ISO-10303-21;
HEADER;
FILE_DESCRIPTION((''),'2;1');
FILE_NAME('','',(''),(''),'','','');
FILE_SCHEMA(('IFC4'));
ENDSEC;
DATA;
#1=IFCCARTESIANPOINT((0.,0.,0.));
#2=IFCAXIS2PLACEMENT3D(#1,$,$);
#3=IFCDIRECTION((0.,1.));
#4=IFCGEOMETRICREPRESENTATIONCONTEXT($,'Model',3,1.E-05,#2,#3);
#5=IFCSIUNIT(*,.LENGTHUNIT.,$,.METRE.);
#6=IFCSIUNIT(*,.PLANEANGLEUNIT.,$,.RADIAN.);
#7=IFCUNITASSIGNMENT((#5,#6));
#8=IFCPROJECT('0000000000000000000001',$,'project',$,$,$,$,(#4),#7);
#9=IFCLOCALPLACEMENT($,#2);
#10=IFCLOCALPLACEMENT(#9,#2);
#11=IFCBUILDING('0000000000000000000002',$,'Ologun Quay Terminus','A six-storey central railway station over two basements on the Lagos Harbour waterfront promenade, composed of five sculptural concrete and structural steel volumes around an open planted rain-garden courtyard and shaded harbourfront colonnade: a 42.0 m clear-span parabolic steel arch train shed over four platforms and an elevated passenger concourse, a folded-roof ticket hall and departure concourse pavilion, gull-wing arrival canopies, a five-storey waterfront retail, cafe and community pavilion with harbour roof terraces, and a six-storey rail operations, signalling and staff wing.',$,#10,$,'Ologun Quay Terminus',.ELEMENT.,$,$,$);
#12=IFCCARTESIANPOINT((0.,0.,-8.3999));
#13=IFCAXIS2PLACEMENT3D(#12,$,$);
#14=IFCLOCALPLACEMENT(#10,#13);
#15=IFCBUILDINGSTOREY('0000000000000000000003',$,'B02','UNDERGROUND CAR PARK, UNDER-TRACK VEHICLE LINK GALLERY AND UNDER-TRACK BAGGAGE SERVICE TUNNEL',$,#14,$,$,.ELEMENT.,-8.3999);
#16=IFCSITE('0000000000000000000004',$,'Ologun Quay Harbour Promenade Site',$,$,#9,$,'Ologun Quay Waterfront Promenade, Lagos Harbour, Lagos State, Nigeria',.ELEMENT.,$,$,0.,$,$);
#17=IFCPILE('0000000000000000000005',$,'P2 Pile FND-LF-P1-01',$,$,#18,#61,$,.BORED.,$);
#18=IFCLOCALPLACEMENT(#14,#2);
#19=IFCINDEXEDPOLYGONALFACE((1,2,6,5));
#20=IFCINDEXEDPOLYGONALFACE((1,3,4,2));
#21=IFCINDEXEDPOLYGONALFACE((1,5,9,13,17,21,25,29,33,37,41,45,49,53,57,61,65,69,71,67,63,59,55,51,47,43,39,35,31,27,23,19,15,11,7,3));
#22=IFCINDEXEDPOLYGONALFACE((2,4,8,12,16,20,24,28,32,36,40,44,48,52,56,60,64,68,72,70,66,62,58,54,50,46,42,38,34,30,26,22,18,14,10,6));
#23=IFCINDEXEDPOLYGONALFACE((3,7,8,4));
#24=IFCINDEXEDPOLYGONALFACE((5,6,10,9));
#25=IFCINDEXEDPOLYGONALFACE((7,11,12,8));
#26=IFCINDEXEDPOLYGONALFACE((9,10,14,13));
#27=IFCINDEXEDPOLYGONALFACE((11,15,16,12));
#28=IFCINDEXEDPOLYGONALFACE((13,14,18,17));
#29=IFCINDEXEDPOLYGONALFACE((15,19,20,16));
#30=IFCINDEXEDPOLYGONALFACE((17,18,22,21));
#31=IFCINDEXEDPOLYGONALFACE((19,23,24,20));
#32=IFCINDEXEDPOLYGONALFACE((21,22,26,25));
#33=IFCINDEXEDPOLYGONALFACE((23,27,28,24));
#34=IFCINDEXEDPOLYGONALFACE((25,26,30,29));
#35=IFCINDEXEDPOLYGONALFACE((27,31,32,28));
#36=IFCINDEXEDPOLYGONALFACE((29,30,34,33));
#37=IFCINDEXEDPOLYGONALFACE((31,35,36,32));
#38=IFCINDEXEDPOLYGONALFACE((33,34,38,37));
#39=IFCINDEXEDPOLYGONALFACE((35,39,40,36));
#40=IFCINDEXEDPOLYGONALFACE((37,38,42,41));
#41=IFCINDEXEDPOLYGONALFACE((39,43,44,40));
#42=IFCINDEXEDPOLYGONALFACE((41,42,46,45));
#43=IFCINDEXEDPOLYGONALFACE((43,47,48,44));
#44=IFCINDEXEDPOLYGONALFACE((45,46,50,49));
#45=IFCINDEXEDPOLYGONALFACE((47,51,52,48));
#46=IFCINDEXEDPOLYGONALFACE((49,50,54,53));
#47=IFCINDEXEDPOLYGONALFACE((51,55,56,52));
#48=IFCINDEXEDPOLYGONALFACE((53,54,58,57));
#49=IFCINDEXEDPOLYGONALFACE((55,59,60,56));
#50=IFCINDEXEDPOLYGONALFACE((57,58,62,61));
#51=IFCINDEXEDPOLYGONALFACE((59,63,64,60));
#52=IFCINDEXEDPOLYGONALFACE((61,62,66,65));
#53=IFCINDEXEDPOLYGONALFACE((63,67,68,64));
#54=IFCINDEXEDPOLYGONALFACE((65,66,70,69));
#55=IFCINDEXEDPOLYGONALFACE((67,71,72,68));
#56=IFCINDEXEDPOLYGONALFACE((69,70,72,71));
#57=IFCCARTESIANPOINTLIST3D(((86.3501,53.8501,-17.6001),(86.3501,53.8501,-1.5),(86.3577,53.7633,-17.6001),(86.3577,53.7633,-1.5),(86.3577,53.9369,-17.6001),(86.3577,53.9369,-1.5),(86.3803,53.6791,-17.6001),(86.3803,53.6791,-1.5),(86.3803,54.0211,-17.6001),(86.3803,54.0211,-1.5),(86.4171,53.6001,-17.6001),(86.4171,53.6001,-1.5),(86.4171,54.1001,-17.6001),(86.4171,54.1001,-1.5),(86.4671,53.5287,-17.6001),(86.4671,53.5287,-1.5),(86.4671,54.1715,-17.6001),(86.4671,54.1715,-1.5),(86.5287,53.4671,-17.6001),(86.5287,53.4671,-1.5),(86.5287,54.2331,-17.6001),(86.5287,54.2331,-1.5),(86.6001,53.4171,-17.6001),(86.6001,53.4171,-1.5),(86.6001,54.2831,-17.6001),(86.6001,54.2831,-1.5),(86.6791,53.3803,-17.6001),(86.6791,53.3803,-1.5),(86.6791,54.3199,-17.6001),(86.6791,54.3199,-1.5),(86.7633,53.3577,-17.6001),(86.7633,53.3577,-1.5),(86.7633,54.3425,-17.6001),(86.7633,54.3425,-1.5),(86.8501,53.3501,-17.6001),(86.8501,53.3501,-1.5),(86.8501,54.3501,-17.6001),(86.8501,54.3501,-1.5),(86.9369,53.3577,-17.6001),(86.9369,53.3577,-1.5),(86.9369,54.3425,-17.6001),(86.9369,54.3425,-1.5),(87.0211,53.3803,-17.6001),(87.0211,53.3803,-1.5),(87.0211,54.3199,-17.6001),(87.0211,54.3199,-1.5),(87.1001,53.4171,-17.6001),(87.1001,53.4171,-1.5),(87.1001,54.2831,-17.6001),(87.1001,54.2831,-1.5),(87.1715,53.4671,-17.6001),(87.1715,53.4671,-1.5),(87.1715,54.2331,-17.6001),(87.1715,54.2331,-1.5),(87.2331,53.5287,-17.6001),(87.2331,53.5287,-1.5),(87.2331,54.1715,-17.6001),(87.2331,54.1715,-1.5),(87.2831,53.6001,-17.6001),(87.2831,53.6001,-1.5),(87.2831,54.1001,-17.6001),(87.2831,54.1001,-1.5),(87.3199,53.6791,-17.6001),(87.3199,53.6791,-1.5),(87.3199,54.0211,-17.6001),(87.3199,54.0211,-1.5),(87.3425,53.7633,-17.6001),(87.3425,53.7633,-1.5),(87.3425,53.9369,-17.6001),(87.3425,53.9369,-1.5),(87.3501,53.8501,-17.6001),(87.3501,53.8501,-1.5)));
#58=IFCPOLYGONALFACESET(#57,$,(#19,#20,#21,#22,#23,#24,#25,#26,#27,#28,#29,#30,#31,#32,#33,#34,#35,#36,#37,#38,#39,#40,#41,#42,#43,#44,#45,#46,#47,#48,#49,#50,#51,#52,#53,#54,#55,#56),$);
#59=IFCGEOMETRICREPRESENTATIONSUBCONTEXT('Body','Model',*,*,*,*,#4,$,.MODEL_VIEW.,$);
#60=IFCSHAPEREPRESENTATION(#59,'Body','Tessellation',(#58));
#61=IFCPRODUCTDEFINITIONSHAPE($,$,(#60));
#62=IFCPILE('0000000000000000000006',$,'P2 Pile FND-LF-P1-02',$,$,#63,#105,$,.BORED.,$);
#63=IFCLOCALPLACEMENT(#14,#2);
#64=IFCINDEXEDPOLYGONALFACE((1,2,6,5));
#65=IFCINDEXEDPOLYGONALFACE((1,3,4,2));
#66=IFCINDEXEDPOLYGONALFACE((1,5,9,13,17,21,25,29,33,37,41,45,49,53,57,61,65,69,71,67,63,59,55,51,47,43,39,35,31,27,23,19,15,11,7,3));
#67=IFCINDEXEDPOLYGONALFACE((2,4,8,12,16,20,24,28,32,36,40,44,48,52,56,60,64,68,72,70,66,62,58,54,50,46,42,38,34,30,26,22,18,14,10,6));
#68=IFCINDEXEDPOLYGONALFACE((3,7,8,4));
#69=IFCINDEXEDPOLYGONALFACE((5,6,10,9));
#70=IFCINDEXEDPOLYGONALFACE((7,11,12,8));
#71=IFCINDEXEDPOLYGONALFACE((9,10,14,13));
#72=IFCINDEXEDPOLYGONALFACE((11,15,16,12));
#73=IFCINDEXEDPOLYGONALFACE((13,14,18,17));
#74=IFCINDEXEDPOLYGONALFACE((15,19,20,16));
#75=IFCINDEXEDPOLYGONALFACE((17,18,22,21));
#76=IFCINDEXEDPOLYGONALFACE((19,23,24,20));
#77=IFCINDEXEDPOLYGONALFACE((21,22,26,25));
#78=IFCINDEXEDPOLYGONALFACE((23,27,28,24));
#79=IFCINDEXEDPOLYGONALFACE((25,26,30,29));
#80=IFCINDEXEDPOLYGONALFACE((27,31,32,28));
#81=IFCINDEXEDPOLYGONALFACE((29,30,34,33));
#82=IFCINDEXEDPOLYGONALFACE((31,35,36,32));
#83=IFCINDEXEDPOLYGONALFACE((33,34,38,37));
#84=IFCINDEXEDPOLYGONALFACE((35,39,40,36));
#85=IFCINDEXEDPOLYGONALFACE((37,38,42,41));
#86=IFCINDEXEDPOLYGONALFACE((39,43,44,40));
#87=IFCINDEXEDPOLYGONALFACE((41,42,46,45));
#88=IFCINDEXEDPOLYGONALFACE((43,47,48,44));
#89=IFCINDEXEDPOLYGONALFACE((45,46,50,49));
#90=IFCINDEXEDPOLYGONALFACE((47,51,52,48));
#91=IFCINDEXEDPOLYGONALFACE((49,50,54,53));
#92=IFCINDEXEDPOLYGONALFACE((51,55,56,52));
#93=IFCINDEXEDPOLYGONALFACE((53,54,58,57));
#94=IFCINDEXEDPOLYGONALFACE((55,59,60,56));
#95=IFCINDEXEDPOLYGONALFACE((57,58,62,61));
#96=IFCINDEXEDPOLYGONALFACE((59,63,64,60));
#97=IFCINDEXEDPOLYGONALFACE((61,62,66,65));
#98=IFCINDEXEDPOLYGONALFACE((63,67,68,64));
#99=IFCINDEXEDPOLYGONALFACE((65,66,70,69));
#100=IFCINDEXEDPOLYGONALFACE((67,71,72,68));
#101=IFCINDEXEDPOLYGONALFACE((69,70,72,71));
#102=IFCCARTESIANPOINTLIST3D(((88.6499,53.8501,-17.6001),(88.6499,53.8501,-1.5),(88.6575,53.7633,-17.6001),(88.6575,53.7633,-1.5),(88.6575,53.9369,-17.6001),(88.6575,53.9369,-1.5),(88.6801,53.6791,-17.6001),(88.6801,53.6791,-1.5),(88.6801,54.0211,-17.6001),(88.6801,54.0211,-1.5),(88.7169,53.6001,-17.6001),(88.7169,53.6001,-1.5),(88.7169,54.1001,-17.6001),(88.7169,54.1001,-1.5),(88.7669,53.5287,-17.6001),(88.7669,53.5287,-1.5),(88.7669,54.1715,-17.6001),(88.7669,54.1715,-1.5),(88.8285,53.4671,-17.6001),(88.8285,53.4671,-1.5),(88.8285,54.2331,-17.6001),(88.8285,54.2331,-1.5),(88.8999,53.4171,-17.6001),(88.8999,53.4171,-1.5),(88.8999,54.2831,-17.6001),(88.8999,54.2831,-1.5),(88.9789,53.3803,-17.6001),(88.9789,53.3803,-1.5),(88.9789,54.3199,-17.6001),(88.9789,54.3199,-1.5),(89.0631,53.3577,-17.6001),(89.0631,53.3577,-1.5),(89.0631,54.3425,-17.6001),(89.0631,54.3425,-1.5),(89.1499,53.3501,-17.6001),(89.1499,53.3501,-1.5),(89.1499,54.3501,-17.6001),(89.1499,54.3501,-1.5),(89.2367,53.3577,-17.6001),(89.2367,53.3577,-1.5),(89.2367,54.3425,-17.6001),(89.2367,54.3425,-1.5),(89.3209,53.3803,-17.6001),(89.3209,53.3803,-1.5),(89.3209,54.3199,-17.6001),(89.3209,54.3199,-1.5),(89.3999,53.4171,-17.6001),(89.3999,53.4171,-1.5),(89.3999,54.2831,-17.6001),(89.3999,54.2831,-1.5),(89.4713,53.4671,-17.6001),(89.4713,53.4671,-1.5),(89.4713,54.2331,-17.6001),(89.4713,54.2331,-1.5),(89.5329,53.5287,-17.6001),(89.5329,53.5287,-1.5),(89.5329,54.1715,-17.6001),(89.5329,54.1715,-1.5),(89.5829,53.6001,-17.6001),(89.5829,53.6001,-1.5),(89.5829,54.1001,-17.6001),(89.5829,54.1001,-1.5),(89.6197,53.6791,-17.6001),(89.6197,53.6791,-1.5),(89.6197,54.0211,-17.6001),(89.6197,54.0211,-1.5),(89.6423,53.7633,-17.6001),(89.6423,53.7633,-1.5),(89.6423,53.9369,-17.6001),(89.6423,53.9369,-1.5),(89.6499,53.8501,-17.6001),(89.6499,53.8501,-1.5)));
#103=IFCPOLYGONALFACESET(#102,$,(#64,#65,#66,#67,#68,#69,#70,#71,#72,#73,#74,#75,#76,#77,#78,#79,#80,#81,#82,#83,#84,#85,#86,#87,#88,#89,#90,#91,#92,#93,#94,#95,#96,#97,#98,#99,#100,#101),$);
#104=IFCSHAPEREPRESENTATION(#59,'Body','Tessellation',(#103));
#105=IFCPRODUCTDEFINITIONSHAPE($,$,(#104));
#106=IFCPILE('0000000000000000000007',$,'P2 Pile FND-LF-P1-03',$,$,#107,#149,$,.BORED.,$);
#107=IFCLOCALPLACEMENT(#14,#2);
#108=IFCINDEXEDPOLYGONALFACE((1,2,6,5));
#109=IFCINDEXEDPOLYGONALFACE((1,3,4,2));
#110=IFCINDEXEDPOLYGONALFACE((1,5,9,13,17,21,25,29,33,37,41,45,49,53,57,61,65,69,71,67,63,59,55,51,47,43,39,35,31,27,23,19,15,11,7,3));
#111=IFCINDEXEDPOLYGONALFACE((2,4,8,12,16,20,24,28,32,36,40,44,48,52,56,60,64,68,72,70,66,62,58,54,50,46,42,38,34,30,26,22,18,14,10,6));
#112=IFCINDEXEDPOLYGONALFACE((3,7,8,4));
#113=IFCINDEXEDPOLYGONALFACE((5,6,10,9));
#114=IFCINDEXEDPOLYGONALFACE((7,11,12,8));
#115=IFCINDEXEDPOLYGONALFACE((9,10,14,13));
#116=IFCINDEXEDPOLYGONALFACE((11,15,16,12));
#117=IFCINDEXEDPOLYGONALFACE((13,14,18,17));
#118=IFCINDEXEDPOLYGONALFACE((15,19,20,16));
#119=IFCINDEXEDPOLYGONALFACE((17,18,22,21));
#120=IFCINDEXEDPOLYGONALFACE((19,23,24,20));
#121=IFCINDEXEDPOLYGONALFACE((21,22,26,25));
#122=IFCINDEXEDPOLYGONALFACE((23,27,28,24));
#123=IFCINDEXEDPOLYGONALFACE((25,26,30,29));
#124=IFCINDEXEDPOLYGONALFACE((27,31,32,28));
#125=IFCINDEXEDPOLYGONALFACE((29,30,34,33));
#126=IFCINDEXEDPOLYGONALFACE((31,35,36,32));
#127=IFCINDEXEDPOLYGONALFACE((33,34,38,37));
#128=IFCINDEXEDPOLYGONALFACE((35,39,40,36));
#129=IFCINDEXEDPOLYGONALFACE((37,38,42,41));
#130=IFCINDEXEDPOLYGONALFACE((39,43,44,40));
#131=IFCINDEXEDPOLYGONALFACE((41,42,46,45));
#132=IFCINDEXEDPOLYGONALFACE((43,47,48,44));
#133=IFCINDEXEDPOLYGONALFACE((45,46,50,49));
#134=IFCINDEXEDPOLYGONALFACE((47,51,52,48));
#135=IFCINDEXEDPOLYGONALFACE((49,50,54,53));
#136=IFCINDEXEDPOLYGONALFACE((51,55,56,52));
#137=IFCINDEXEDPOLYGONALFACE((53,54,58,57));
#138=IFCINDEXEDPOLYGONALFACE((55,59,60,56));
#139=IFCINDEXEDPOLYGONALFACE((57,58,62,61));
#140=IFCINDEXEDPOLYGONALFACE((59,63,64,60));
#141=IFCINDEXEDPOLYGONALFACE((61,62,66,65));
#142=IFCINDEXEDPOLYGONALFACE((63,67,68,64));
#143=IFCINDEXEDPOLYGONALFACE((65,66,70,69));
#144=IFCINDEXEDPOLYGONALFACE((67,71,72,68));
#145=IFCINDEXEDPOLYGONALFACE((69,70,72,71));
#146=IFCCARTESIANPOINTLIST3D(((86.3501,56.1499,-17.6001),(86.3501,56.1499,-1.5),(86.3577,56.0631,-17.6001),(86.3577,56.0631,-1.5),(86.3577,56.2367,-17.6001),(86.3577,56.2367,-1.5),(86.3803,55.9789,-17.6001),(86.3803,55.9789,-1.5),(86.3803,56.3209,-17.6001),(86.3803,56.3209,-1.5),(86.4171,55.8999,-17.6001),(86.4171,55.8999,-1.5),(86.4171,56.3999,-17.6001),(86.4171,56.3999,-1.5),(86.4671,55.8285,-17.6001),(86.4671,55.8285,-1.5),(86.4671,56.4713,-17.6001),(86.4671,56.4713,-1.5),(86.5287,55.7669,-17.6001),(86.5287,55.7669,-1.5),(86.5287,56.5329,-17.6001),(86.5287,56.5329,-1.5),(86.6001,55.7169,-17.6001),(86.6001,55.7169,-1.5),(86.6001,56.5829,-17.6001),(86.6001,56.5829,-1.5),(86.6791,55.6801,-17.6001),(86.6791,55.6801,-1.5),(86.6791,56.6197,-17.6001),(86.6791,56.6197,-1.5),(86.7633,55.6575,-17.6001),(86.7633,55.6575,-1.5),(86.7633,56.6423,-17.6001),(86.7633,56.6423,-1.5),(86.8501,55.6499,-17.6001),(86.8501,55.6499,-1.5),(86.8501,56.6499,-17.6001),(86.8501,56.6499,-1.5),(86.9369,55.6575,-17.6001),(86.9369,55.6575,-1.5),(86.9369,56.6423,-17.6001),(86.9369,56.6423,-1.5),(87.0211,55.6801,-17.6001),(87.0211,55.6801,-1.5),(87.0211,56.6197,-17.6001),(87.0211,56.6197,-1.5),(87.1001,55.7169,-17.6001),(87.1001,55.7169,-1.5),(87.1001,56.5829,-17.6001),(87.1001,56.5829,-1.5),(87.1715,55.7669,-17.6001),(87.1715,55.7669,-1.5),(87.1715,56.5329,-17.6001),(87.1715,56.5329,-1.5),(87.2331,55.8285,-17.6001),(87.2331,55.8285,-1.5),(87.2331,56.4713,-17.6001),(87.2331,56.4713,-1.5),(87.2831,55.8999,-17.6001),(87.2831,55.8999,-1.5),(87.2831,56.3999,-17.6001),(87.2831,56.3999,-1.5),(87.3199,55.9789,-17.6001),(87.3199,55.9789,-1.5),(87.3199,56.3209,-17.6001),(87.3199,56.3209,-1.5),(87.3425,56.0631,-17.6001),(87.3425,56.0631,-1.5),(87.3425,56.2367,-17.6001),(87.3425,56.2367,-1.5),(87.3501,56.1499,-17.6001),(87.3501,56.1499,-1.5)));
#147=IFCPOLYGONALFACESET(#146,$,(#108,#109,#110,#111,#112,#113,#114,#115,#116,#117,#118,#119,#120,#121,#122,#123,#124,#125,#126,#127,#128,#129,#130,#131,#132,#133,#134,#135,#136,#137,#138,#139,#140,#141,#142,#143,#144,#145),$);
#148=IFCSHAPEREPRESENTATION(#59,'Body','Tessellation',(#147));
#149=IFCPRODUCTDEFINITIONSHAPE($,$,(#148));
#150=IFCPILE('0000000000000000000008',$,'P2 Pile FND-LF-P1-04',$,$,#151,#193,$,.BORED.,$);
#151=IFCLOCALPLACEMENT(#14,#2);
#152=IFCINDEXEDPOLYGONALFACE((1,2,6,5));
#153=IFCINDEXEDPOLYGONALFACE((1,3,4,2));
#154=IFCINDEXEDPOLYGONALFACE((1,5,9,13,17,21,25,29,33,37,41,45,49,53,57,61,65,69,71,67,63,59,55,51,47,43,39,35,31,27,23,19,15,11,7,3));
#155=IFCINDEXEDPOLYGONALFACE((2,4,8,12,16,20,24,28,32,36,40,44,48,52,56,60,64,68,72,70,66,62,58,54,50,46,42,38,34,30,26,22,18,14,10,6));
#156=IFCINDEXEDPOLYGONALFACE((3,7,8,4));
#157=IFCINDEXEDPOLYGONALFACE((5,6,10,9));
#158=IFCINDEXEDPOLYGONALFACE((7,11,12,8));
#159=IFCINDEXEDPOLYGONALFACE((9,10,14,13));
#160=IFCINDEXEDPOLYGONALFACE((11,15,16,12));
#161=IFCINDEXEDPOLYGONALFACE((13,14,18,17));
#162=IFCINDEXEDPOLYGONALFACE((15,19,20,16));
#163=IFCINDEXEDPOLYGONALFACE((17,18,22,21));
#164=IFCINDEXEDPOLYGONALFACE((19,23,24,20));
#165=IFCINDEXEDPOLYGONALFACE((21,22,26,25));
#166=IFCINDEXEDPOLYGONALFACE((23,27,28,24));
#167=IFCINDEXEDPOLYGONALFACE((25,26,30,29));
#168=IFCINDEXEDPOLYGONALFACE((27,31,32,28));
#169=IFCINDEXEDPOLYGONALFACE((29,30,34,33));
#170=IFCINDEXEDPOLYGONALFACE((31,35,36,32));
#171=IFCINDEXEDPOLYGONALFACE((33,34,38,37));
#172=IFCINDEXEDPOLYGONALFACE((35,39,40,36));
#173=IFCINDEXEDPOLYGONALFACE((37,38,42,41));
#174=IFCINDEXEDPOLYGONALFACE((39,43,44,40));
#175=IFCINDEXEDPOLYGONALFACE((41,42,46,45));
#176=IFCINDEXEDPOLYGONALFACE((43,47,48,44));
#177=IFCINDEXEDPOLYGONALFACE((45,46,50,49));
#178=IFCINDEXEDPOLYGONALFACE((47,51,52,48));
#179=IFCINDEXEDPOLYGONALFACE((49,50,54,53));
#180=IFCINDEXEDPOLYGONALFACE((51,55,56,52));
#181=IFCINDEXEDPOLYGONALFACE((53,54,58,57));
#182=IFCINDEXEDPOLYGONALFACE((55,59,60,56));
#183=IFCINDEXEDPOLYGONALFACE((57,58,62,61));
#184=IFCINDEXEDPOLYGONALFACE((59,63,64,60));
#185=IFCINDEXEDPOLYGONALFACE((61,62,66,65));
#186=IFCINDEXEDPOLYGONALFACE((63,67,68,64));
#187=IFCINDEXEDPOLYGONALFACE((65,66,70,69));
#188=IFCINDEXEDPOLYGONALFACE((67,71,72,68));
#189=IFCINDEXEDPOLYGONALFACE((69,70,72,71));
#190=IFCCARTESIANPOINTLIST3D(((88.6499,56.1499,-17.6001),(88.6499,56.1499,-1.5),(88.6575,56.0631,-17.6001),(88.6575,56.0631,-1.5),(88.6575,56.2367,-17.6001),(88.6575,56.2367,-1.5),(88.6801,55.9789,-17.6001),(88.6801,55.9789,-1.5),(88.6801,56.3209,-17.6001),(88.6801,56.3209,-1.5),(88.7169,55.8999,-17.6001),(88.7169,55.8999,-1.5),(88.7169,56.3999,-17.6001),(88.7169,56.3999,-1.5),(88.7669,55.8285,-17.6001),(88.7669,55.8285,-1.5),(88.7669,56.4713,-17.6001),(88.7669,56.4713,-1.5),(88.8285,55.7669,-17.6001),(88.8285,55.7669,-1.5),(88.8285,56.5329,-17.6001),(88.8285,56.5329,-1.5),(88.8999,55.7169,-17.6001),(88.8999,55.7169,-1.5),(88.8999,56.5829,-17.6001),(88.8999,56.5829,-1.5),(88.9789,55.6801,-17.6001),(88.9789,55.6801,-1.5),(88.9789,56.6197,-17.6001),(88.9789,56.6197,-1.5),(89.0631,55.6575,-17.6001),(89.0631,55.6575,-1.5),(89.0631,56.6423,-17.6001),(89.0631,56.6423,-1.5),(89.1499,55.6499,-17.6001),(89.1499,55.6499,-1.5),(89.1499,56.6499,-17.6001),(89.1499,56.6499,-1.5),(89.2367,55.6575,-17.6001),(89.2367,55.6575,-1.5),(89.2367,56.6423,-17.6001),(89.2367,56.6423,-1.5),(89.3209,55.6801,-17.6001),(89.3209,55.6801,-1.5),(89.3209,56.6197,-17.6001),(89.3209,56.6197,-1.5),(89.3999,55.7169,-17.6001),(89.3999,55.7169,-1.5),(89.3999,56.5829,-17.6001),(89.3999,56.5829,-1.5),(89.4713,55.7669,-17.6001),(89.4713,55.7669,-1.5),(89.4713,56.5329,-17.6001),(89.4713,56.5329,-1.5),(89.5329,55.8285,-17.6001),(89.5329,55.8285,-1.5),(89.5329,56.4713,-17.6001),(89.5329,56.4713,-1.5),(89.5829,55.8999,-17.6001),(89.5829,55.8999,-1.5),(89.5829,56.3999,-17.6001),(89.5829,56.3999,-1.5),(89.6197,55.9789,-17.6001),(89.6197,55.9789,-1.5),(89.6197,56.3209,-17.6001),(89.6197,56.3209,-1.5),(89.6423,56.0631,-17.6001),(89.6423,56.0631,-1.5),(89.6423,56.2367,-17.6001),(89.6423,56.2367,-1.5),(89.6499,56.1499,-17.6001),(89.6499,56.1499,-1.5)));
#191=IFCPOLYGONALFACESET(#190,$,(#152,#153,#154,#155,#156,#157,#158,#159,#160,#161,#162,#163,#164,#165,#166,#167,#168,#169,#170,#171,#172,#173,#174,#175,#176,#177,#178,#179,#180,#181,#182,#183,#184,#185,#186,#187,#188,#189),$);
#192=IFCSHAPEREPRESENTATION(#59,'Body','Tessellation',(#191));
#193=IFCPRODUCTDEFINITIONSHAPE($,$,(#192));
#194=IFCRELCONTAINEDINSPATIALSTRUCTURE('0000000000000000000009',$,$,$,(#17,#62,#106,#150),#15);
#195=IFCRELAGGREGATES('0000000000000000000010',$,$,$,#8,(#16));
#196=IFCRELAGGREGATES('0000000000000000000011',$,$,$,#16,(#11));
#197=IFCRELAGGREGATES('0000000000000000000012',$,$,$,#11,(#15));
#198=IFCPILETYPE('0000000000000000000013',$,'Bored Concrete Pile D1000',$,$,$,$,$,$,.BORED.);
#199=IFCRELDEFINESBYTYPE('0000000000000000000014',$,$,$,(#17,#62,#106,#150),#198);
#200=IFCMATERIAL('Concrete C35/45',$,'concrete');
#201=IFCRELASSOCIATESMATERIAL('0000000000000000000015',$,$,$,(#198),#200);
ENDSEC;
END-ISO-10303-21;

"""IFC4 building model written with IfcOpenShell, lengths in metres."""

from ifc_helpers import new_model, si_unit, direction, frame, origin, origin_2d, place, context, subcontext, project, spatial, circle, extrude, material, material_profile, profile_set, type_object, element, save


model = new_model("IFC4")

# Units and contexts
model_context = context("Model", 3, precision=1e-05, world=origin(), true_north=direction((0.0, 1.0)))
body_context = subcontext(model_context, "Body", "Model", "MODEL_VIEW")
ifc_project = project(units=[si_unit("LENGTHUNIT", "METRE"), si_unit("PLANEANGLEUNIT", "RADIAN")], contexts=[model_context])

# Site, building, storey
site_placement = place(None, origin())
site = spatial("IfcSite", under=ifc_project, at=site_placement, Name="Ologun Quay Harbour Promenade Site", LongName="Ologun Quay Waterfront Promenade, Lagos Harbour, Lagos State, Nigeria", CompositionType="ELEMENT", RefElevation=0.0)
building_placement = place(site_placement, origin())
building = spatial("IfcBuilding", under=site, at=building_placement, Name="Ologun Quay Terminus", Description="A six-storey central railway station over two basements on the Lagos Harbour waterfront promenade, composed of five sculptural concrete and structural steel volumes around an open planted rain-garden courtyard and shaded harbourfront colonnade: a 42.0 m clear-span parabolic steel arch train shed over four platforms and an elevated passenger concourse, a folded-roof ticket hall and departure concourse pavilion, gull-wing arrival canopies, a five-storey waterfront retail, cafe and community pavilion with harbour roof terraces, and a six-storey rail operations, signalling and staff wing.", LongName="Ologun Quay Terminus", CompositionType="ELEMENT")
storey_placement = place(building_placement, frame((0.0, 0.0, -8.3999)))
storey = spatial("IfcBuildingStorey", under=building, at=storey_placement, Name="B02", Description="UNDERGROUND CAR PARK, UNDER-TRACK VEHICLE LINK GALLERY AND UNDER-TRACK BAGGAGE SERVICE TUNNEL", CompositionType="ELEMENT", Elevation=-8.3999)

# Piles
ifc_material_1 = material(Name="Concrete C35/45", Category="concrete")
ifc_material_profile_1 = material_profile(ifc_material_1, circle(Radius=0.5, at=origin_2d()), Name="PILE D1000")
ifc_profile_set_1 = profile_set([ifc_material_profile_1], Name="Concrete C35/45")
pile_type_1 = type_object("IfcPileType", Name="Bored Concrete Pile D1000", PredefinedType="BORED", material=ifc_profile_set_1)
for number, where, z_axis, x_axis, name in (
    (1, (86.8501, 53.8501, -1.5), (0.0, 0.0, -1.0), (1.0, 0.0, 0.0), "P2 Pile FND-LF-P1-01"),
    (2, (89.1499, 53.8501, -1.5), (0.0, 0.0, -1.0), (1.0, 0.0, 0.0), "P2 Pile FND-LF-P1-02"),
    (3, (86.8501, 56.1499, -1.5), (0.0, 0.0, -1.0), (1.0, 0.0, 0.0), "P2 Pile FND-LF-P1-03"),
    (4, (89.1499, 56.1499, -1.5), (0.0, 0.0, -1.0), (1.0, 0.0, 0.0), "P2 Pile FND-LF-P1-04"),
):
    element("IfcPile", number, at=place(storey_placement, frame(where, z_axis=z_axis, x_axis=x_axis)), inside=storey, type_object=pile_type_1, Name=name, PredefinedType="BORED", context=body_context, shape_type="SweptSolid", body=[
        extrude(circle(Radius=0.5, at=origin_2d()), origin(), (0.0, 0.0, 1.0), 16.1001),
    ])

save(model, "model.ifc")
